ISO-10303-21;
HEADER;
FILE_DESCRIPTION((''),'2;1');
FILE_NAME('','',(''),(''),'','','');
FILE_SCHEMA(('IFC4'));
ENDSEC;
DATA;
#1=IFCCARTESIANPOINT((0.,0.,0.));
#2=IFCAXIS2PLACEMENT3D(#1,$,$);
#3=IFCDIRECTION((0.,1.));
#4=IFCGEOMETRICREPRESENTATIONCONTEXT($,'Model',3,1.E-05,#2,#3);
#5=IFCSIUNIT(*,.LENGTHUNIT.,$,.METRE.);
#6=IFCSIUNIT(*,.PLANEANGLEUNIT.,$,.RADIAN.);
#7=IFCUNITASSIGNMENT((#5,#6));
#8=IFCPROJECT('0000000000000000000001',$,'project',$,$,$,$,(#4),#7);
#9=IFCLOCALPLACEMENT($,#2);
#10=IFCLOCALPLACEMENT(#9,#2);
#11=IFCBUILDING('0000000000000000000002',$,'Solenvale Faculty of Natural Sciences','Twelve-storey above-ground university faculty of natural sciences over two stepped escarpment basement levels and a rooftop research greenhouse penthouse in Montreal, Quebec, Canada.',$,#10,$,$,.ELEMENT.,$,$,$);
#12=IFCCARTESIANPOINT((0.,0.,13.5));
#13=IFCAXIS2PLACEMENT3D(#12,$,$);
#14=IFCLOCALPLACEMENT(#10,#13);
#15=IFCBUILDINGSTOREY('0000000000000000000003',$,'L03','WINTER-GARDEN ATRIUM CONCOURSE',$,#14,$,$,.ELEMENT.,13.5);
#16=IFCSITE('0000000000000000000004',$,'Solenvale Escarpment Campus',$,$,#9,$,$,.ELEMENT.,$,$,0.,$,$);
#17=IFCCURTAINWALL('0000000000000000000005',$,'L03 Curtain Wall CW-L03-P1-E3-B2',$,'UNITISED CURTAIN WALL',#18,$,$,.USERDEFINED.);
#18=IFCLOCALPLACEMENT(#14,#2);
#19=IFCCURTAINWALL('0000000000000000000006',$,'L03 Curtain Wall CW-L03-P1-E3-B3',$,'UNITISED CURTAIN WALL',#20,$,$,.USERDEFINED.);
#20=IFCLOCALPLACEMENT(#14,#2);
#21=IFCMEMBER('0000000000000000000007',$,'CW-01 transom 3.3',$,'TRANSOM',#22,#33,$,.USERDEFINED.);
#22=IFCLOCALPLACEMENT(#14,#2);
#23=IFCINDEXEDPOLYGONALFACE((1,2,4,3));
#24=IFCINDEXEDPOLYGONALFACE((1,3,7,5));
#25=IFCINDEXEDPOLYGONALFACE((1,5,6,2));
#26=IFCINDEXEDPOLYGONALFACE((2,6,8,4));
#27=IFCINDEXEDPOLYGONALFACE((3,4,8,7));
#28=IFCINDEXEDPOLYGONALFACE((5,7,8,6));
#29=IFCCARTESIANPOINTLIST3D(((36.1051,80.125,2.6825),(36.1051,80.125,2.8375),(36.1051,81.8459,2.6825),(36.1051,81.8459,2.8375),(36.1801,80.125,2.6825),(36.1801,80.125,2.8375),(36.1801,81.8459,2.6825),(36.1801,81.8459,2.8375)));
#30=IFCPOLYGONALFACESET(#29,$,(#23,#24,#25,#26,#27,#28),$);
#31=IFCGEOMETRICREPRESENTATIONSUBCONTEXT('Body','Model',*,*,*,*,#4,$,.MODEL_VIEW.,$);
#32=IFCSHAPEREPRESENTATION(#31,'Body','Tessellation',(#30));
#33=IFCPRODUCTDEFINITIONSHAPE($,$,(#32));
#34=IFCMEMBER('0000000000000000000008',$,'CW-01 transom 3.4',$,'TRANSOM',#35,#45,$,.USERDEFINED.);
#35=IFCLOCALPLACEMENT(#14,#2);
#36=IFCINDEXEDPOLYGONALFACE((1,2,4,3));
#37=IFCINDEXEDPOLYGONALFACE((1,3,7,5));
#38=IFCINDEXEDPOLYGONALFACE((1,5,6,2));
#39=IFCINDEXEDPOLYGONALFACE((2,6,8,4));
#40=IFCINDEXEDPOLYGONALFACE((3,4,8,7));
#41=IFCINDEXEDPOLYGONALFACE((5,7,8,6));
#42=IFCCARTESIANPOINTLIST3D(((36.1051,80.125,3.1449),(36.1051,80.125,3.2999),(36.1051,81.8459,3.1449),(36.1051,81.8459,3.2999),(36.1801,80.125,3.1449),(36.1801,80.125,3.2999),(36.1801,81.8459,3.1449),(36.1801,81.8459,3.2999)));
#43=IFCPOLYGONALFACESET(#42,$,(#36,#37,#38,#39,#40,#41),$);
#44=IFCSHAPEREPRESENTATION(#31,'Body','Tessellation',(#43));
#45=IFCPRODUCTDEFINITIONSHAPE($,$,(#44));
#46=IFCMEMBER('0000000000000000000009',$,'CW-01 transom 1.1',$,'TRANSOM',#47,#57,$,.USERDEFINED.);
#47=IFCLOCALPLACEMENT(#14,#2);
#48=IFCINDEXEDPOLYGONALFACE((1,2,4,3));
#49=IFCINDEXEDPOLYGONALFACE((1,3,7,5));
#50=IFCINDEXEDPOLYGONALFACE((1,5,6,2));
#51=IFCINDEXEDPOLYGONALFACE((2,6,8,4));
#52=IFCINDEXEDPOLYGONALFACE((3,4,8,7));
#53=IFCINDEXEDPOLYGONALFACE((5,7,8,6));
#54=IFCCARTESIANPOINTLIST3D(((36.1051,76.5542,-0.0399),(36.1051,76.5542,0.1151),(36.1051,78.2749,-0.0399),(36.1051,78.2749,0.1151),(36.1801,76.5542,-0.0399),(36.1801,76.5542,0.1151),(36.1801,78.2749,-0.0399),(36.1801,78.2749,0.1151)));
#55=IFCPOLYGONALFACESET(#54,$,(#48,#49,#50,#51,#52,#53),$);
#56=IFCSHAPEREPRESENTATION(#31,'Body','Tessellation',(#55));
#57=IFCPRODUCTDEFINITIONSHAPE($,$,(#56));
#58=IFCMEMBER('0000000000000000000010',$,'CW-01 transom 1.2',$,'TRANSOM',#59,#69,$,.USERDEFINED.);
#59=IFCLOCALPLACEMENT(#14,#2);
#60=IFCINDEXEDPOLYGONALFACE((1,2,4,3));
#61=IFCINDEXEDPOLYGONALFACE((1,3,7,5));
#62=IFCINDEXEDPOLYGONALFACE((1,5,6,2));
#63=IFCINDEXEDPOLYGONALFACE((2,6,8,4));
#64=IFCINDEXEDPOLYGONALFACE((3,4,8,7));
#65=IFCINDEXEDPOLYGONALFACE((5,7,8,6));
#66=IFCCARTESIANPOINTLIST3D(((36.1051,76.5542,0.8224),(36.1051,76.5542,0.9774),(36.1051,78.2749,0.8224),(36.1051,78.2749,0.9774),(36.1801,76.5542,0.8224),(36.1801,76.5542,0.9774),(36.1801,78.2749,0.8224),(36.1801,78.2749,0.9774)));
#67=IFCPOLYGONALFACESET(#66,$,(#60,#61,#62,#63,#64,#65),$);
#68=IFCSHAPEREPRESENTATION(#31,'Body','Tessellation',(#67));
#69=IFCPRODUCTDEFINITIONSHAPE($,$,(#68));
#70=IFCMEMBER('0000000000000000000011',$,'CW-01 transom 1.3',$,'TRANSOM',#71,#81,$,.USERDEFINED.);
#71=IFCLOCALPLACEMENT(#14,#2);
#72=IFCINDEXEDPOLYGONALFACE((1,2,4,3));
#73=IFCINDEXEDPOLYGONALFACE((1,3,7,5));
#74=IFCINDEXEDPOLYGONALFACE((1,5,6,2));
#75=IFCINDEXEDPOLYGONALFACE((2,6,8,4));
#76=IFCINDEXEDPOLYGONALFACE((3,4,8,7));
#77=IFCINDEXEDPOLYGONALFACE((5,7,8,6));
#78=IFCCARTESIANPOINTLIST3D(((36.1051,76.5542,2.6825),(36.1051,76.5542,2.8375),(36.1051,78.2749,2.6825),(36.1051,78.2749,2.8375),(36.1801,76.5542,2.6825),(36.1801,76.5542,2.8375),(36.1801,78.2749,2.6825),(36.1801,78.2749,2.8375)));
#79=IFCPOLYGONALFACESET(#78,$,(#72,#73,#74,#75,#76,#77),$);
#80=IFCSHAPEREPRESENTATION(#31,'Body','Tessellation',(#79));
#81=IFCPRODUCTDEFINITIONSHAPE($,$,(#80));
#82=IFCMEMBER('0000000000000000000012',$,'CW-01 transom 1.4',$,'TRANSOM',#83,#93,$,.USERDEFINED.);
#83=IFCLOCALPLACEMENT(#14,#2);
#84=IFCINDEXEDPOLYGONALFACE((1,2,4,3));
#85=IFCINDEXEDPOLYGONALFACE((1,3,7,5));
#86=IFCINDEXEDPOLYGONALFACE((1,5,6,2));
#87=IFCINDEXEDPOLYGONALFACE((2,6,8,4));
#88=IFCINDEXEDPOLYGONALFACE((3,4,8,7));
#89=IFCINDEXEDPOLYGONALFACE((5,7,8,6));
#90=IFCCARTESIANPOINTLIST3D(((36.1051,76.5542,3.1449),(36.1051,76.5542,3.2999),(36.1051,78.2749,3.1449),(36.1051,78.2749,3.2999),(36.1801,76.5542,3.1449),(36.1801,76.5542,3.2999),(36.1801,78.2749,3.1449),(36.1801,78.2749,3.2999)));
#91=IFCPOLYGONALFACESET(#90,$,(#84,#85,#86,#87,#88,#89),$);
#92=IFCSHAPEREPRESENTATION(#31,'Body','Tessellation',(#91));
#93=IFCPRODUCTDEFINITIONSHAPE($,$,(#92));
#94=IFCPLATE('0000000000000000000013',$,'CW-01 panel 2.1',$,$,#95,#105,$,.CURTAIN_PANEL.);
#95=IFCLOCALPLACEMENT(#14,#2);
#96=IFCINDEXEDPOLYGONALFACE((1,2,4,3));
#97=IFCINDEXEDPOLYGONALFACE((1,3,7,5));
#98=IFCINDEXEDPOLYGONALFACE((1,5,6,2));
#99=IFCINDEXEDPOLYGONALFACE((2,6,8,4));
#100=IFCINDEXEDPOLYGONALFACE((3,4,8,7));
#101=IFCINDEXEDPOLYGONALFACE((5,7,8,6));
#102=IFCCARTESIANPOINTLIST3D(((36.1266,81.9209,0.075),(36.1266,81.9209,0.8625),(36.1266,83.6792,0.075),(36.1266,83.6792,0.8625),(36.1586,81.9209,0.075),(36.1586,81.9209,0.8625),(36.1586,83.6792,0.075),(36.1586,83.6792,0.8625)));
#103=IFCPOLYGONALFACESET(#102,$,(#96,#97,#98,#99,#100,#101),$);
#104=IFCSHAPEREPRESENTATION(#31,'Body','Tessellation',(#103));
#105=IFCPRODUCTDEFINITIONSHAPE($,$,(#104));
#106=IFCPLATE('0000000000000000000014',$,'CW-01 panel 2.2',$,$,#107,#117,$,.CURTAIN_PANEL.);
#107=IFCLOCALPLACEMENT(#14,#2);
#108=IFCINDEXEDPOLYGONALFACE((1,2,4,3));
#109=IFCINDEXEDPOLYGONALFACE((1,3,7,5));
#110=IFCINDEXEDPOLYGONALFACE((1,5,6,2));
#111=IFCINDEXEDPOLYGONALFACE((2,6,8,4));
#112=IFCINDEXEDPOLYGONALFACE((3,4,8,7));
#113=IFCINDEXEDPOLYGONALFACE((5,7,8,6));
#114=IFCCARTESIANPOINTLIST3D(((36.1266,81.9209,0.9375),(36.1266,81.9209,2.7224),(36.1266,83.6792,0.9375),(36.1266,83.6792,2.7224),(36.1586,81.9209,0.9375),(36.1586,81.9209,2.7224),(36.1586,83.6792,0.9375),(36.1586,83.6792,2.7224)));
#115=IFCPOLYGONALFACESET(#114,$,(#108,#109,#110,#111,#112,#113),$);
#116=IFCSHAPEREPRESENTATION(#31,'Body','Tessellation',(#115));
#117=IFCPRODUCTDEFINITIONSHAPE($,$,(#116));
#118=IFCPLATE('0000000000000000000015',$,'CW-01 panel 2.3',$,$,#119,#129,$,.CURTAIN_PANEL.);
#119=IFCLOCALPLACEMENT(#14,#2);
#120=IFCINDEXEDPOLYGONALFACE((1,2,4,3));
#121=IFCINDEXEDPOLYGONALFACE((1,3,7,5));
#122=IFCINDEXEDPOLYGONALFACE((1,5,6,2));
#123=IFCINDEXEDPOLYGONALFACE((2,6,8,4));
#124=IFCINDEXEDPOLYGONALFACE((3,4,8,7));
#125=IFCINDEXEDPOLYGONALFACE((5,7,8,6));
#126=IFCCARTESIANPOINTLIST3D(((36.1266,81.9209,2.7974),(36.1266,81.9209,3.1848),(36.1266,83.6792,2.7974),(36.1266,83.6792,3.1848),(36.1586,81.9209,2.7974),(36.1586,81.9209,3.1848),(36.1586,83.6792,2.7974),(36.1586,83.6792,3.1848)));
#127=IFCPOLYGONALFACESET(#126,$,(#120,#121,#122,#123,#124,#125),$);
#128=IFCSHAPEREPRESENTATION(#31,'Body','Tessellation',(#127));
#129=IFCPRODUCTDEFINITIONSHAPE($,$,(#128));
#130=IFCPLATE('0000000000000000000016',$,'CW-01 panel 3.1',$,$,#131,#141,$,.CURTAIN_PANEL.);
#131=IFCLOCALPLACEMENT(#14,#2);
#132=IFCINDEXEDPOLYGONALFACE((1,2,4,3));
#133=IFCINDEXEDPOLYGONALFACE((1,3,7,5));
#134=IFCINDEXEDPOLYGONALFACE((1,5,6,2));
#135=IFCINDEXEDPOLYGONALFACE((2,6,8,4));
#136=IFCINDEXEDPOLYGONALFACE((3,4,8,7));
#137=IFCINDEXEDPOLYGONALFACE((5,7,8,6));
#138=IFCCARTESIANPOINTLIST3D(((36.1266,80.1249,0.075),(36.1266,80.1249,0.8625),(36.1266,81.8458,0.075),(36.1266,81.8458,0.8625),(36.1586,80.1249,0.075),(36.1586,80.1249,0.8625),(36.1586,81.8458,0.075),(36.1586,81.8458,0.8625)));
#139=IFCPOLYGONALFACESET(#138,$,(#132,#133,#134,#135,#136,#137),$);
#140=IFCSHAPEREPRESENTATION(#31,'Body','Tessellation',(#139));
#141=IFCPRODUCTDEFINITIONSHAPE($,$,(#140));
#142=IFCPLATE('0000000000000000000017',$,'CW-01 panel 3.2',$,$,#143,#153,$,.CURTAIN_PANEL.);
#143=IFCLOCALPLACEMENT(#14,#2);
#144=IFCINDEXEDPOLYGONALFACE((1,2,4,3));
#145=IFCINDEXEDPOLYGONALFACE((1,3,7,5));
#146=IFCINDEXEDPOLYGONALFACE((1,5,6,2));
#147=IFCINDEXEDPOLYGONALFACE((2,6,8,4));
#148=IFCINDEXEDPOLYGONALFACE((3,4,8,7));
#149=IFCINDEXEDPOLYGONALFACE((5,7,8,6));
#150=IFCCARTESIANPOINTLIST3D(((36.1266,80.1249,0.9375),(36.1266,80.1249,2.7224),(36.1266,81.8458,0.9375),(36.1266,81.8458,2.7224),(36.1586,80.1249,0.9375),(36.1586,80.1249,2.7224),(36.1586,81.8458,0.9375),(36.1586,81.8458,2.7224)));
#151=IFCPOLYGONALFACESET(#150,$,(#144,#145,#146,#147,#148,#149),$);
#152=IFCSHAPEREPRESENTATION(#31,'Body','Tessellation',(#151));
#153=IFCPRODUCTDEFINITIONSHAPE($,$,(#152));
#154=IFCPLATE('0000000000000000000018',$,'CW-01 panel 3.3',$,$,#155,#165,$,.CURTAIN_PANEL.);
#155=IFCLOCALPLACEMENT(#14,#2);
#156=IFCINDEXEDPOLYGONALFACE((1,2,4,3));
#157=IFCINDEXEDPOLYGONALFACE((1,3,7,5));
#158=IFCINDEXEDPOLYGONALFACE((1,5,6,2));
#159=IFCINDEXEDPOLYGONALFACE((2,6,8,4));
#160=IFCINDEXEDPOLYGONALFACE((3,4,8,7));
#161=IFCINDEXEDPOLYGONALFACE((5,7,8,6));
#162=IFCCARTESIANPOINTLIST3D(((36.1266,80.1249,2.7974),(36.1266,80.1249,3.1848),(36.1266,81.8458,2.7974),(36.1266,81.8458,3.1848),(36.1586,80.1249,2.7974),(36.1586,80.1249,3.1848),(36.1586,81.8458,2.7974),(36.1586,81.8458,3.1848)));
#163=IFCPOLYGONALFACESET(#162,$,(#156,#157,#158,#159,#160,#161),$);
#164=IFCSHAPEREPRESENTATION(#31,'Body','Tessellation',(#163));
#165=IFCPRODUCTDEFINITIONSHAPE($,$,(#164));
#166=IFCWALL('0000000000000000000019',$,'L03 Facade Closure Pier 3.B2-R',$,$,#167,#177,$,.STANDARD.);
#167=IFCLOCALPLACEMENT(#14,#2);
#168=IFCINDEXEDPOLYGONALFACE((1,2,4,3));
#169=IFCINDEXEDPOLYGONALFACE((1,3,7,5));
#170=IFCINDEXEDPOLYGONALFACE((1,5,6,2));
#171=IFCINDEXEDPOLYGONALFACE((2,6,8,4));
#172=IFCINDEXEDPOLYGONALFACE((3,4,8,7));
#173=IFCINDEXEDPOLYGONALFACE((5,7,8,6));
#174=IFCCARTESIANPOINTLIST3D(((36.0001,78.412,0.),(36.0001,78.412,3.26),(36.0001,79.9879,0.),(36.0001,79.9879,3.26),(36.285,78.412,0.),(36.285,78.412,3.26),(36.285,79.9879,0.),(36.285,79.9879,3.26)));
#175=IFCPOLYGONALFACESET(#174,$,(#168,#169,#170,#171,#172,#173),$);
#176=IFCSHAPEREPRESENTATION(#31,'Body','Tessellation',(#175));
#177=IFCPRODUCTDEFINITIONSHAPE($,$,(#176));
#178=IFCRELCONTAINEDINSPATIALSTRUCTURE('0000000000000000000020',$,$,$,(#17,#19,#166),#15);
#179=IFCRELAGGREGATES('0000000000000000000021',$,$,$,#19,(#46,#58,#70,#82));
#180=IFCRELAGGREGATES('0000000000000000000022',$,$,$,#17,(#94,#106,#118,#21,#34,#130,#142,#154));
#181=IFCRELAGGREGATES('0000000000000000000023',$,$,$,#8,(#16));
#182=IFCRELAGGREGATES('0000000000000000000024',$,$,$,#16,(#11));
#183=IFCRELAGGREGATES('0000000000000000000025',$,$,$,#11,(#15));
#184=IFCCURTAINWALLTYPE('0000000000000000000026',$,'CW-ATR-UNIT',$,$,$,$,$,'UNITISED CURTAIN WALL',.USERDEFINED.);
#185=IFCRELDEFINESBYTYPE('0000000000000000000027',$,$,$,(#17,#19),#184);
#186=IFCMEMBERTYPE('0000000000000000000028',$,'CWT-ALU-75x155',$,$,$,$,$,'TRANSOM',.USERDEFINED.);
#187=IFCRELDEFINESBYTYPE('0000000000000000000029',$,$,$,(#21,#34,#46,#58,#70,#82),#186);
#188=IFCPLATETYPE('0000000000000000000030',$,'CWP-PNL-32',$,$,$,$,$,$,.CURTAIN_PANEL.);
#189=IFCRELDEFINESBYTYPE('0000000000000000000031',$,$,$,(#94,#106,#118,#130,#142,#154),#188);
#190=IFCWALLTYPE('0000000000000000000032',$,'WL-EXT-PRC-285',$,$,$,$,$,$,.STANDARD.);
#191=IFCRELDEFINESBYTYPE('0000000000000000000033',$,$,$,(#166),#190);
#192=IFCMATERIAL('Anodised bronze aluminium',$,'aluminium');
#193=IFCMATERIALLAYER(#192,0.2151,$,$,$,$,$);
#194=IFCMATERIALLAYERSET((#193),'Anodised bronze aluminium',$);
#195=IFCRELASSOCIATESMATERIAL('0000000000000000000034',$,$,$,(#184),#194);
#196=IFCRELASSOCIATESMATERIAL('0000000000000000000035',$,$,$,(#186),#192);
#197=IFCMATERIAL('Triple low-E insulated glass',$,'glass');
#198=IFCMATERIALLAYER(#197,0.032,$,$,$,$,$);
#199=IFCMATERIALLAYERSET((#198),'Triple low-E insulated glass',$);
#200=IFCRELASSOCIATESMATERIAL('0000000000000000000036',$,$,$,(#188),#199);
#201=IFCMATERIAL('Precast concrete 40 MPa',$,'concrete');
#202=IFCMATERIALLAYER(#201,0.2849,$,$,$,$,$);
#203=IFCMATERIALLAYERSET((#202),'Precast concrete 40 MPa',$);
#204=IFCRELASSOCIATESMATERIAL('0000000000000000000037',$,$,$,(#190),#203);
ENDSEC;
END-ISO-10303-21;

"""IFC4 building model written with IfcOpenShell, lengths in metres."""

from ifc_helpers import new_model, si_unit, direction, frame, frame_2d, origin, origin_2d, place, context, subcontext, project, spatial, rectangle, extrude, material, layer, layer_set, material_profile, profile_set, type_object, element, aggregate, save


model = new_model("IFC4")

# Units and contexts
model_context = context("Model", 3, precision=1e-05, world=origin(), true_north=direction((0.0, 1.0)))
body_context = subcontext(model_context, "Body", "Model", "MODEL_VIEW")
ifc_project = project(units=[si_unit("LENGTHUNIT", "METRE"), si_unit("PLANEANGLEUNIT", "RADIAN")], contexts=[model_context])

# Site, building, storey
site_placement = place(None, origin())
site = spatial("IfcSite", under=ifc_project, at=site_placement, Name="Solenvale Escarpment Campus", CompositionType="ELEMENT", RefElevation=0.0)
building_placement = place(site_placement, origin())
building = spatial("IfcBuilding", under=site, at=building_placement, Name="Solenvale Faculty of Natural Sciences", Description="Twelve-storey above-ground university faculty of natural sciences over two stepped escarpment basement levels and a rooftop research greenhouse penthouse in Montreal, Quebec, Canada.", CompositionType="ELEMENT")
storey_placement = place(building_placement, frame((0.0, 0.0, 13.5)))
storey = spatial("IfcBuildingStorey", under=building, at=storey_placement, Name="L03", Description="WINTER-GARDEN ATRIUM CONCOURSE", CompositionType="ELEMENT", Elevation=13.5)

# Curtain wall
ifc_material_1 = material(Name="Anodised bronze aluminium", Category="aluminium")
ifc_layer_1 = layer(ifc_material_1, 0.2151)
ifc_layer_set_1 = layer_set([ifc_layer_1], Name="Anodised bronze aluminium")
curtain_wall_type = type_object("IfcCurtainWallType", Name="CW-ATR-UNIT", ElementType="UNITISED CURTAIN WALL", PredefinedType="USERDEFINED", material=ifc_layer_set_1)
curtain_wall_1_placement = place(storey_placement, origin())
curtain_wall_1 = element("IfcCurtainWall", 1, at=curtain_wall_1_placement, inside=storey, type_object=curtain_wall_type, Name="L03 Curtain Wall CW-L03-P1-E3-B2", ObjectType="UNITISED CURTAIN WALL", PredefinedType="USERDEFINED")

# Curtain wall
curtain_wall_2_placement = place(storey_placement, origin())
curtain_wall_2 = element("IfcCurtainWall", 2, at=curtain_wall_2_placement, inside=storey, type_object=curtain_wall_type, Name="L03 Curtain Wall CW-L03-P1-E3-B3", ObjectType="UNITISED CURTAIN WALL", PredefinedType="USERDEFINED")

# Members
ifc_material_profile_1 = material_profile(ifc_material_1, rectangle(XDim=0.075, YDim=0.155, at=origin_2d()), Name="ALU-TRN-75x155")
ifc_profile_set_1 = profile_set([ifc_material_profile_1], Name="Anodised bronze aluminium")
member_type_1 = type_object("IfcMemberType", Name="CWT-ALU-75x155", ElementType="TRANSOM", PredefinedType="USERDEFINED", material=ifc_profile_set_1)
member_1_placement = place(storey_placement, frame((36.1426, 81.8459, 2.76), z_axis=(0.0, -1.0, 0.0), x_axis=(1.0, 0.0, 0.0)))
member_1 = element("IfcMember", 3, at=member_1_placement, type_object=member_type_1, Name="CW-01 transom 3.3", ObjectType="TRANSOM", PredefinedType="USERDEFINED", context=body_context, shape_type="SweptSolid", body=[
    extrude(rectangle(XDim=0.075, YDim=0.155, at=origin_2d()), origin(), (0.0, 0.0, 1.0), 1.7209),
])
member_2_placement = place(storey_placement, frame((36.1426, 81.8459, 3.2224), z_axis=(0.0, -1.0, 0.0), x_axis=(1.0, 0.0, 0.0)))
member_2 = element("IfcMember", 4, at=member_2_placement, type_object=member_type_1, Name="CW-01 transom 3.4", ObjectType="TRANSOM", PredefinedType="USERDEFINED", context=body_context, shape_type="SweptSolid", body=[
    extrude(rectangle(XDim=0.075, YDim=0.155, at=origin_2d()), origin(), (0.0, 0.0, 1.0), 1.7209),
])
member_3_placement = place(storey_placement, frame((36.1426, 78.2749, 0.0376), z_axis=(0.0, -1.0, 0.0), x_axis=(1.0, 0.0, 0.0)))
member_3 = element("IfcMember", 5, at=member_3_placement, type_object=member_type_1, Name="CW-01 transom 1.1", ObjectType="TRANSOM", PredefinedType="USERDEFINED", context=body_context, shape_type="SweptSolid", body=[
    extrude(rectangle(XDim=0.075, YDim=0.155, at=origin_2d()), origin(), (0.0, 0.0, 1.0), 1.7207),
])
member_4_placement = place(storey_placement, frame((36.1426, 78.2749, 0.8999), z_axis=(0.0, -1.0, 0.0), x_axis=(1.0, 0.0, 0.0)))
member_4 = element("IfcMember", 6, at=member_4_placement, type_object=member_type_1, Name="CW-01 transom 1.2", ObjectType="TRANSOM", PredefinedType="USERDEFINED", context=body_context, shape_type="SweptSolid", body=[
    extrude(rectangle(XDim=0.075, YDim=0.155, at=origin_2d()), origin(), (0.0, 0.0, 1.0), 1.7207),
])
member_5_placement = place(storey_placement, frame((36.1426, 78.2749, 2.76), z_axis=(0.0, -1.0, 0.0), x_axis=(1.0, 0.0, 0.0)))
member_5 = element("IfcMember", 7, at=member_5_placement, type_object=member_type_1, Name="CW-01 transom 1.3", ObjectType="TRANSOM", PredefinedType="USERDEFINED", context=body_context, shape_type="SweptSolid", body=[
    extrude(rectangle(XDim=0.075, YDim=0.155, at=origin_2d()), origin(), (0.0, 0.0, 1.0), 1.7207),
])
member_6_placement = place(storey_placement, frame((36.1426, 78.2749, 3.2224), z_axis=(0.0, -1.0, 0.0), x_axis=(1.0, 0.0, 0.0)))
member_6 = element("IfcMember", 8, at=member_6_placement, type_object=member_type_1, Name="CW-01 transom 1.4", ObjectType="TRANSOM", PredefinedType="USERDEFINED", context=body_context, shape_type="SweptSolid", body=[
    extrude(rectangle(XDim=0.075, YDim=0.155, at=origin_2d()), origin(), (0.0, 0.0, 1.0), 1.7207),
])
aggregate(curtain_wall_2, [member_3, member_4, member_5, member_6])

# Plates
ifc_material_2 = material(Name="Triple low-E insulated glass", Category="glass")
ifc_layer_2 = layer(ifc_material_2, 0.032)
ifc_layer_set_2 = layer_set([ifc_layer_2], Name="Triple low-E insulated glass")
plate_type = type_object("IfcPlateType", Name="CWP-PNL-32", PredefinedType="CURTAIN_PANEL", material=ifc_layer_set_2)
plate_1_placement = place(storey_placement, frame((36.1426, 82.8, 0.075), z_axis=(0.0, 0.0, 1.0), x_axis=(0.0, -1.0, 0.0)))
plate_1 = element("IfcPlate", 9, at=plate_1_placement, type_object=plate_type, Name="CW-01 panel 2.1", PredefinedType="CURTAIN_PANEL", context=body_context, shape_type="SweptSolid", body=[
    extrude(rectangle(XDim=1.7583, YDim=0.032, at=origin_2d()), origin(), (0.0, 0.0, 1.0), 0.7876),
])
plate_2_placement = place(storey_placement, frame((36.1426, 82.8, 0.9375), z_axis=(0.0, 0.0, 1.0), x_axis=(0.0, -1.0, 0.0)))
plate_2 = element("IfcPlate", 10, at=plate_2_placement, type_object=plate_type, Name="CW-01 panel 2.2", PredefinedType="CURTAIN_PANEL", context=body_context, shape_type="SweptSolid", body=[
    extrude(rectangle(XDim=1.7583, YDim=0.032, at=origin_2d()), origin(), (0.0, 0.0, 1.0), 1.7849),
])
plate_3_placement = place(storey_placement, frame((36.1426, 82.8, 2.7974), z_axis=(0.0, 0.0, 1.0), x_axis=(0.0, -1.0, 0.0)))
plate_3 = element("IfcPlate", 11, at=plate_3_placement, type_object=plate_type, Name="CW-01 panel 2.3", PredefinedType="CURTAIN_PANEL", context=body_context, shape_type="SweptSolid", body=[
    extrude(rectangle(XDim=1.7583, YDim=0.032, at=origin_2d()), origin(), (0.0, 0.0, 1.0), 0.3875),
])
plate_4_placement = place(storey_placement, frame((36.1426, 80.9854, 0.075), z_axis=(0.0, 0.0, 1.0), x_axis=(0.0, -1.0, 0.0)))
plate_4 = element("IfcPlate", 12, at=plate_4_placement, type_object=plate_type, Name="CW-01 panel 3.1", PredefinedType="CURTAIN_PANEL", context=body_context, shape_type="SweptSolid", body=[
    extrude(rectangle(XDim=1.7209, YDim=0.032, at=origin_2d()), origin(), (0.0, 0.0, 1.0), 0.7876),
])
plate_5_placement = place(storey_placement, frame((36.1426, 80.9854, 0.9375), z_axis=(0.0, 0.0, 1.0), x_axis=(0.0, -1.0, 0.0)))
plate_5 = element("IfcPlate", 13, at=plate_5_placement, type_object=plate_type, Name="CW-01 panel 3.2", PredefinedType="CURTAIN_PANEL", context=body_context, shape_type="SweptSolid", body=[
    extrude(rectangle(XDim=1.7209, YDim=0.032, at=origin_2d()), origin(), (0.0, 0.0, 1.0), 1.7849),
])
plate_6_placement = place(storey_placement, frame((36.1426, 80.9854, 2.7974), z_axis=(0.0, 0.0, 1.0), x_axis=(0.0, -1.0, 0.0)))
plate_6 = element("IfcPlate", 14, at=plate_6_placement, type_object=plate_type, Name="CW-01 panel 3.3", PredefinedType="CURTAIN_PANEL", context=body_context, shape_type="SweptSolid", body=[
    extrude(rectangle(XDim=1.7209, YDim=0.032, at=origin_2d()), origin(), (0.0, 0.0, 1.0), 0.3875),
])
aggregate(curtain_wall_1, [plate_1, plate_2, plate_3, member_1, member_2, plate_4, plate_5, plate_6])

# Wall
ifc_material_3 = material(Name="Precast concrete 40 MPa", Category="concrete")
ifc_layer_3 = layer(ifc_material_3, 0.2849)
ifc_layer_set_3 = layer_set([ifc_layer_3], Name="Precast concrete 40 MPa")
wall_type = type_object("IfcWallType", Name="WL-EXT-PRC-285", PredefinedType="STANDARD", material=ifc_layer_set_3)
wall_placement = place(storey_placement, frame((36.1426, 79.988, 0.0), z_axis=(0.0, 0.0, 1.0), x_axis=(0.0, -1.0, 0.0)))
element("IfcWall", 15, at=wall_placement, inside=storey, type_object=wall_type, Name="L03 Facade Closure Pier 3.B2-R", PredefinedType="STANDARD", context=body_context, shape_type="SweptSolid", body=[
    extrude(rectangle(XDim=1.5759, YDim=0.2849, at=frame_2d((0.7881, 0.0))), origin(), (0.0, 0.0, 1.0), 3.26),
])

save(model, "model.ifc")
